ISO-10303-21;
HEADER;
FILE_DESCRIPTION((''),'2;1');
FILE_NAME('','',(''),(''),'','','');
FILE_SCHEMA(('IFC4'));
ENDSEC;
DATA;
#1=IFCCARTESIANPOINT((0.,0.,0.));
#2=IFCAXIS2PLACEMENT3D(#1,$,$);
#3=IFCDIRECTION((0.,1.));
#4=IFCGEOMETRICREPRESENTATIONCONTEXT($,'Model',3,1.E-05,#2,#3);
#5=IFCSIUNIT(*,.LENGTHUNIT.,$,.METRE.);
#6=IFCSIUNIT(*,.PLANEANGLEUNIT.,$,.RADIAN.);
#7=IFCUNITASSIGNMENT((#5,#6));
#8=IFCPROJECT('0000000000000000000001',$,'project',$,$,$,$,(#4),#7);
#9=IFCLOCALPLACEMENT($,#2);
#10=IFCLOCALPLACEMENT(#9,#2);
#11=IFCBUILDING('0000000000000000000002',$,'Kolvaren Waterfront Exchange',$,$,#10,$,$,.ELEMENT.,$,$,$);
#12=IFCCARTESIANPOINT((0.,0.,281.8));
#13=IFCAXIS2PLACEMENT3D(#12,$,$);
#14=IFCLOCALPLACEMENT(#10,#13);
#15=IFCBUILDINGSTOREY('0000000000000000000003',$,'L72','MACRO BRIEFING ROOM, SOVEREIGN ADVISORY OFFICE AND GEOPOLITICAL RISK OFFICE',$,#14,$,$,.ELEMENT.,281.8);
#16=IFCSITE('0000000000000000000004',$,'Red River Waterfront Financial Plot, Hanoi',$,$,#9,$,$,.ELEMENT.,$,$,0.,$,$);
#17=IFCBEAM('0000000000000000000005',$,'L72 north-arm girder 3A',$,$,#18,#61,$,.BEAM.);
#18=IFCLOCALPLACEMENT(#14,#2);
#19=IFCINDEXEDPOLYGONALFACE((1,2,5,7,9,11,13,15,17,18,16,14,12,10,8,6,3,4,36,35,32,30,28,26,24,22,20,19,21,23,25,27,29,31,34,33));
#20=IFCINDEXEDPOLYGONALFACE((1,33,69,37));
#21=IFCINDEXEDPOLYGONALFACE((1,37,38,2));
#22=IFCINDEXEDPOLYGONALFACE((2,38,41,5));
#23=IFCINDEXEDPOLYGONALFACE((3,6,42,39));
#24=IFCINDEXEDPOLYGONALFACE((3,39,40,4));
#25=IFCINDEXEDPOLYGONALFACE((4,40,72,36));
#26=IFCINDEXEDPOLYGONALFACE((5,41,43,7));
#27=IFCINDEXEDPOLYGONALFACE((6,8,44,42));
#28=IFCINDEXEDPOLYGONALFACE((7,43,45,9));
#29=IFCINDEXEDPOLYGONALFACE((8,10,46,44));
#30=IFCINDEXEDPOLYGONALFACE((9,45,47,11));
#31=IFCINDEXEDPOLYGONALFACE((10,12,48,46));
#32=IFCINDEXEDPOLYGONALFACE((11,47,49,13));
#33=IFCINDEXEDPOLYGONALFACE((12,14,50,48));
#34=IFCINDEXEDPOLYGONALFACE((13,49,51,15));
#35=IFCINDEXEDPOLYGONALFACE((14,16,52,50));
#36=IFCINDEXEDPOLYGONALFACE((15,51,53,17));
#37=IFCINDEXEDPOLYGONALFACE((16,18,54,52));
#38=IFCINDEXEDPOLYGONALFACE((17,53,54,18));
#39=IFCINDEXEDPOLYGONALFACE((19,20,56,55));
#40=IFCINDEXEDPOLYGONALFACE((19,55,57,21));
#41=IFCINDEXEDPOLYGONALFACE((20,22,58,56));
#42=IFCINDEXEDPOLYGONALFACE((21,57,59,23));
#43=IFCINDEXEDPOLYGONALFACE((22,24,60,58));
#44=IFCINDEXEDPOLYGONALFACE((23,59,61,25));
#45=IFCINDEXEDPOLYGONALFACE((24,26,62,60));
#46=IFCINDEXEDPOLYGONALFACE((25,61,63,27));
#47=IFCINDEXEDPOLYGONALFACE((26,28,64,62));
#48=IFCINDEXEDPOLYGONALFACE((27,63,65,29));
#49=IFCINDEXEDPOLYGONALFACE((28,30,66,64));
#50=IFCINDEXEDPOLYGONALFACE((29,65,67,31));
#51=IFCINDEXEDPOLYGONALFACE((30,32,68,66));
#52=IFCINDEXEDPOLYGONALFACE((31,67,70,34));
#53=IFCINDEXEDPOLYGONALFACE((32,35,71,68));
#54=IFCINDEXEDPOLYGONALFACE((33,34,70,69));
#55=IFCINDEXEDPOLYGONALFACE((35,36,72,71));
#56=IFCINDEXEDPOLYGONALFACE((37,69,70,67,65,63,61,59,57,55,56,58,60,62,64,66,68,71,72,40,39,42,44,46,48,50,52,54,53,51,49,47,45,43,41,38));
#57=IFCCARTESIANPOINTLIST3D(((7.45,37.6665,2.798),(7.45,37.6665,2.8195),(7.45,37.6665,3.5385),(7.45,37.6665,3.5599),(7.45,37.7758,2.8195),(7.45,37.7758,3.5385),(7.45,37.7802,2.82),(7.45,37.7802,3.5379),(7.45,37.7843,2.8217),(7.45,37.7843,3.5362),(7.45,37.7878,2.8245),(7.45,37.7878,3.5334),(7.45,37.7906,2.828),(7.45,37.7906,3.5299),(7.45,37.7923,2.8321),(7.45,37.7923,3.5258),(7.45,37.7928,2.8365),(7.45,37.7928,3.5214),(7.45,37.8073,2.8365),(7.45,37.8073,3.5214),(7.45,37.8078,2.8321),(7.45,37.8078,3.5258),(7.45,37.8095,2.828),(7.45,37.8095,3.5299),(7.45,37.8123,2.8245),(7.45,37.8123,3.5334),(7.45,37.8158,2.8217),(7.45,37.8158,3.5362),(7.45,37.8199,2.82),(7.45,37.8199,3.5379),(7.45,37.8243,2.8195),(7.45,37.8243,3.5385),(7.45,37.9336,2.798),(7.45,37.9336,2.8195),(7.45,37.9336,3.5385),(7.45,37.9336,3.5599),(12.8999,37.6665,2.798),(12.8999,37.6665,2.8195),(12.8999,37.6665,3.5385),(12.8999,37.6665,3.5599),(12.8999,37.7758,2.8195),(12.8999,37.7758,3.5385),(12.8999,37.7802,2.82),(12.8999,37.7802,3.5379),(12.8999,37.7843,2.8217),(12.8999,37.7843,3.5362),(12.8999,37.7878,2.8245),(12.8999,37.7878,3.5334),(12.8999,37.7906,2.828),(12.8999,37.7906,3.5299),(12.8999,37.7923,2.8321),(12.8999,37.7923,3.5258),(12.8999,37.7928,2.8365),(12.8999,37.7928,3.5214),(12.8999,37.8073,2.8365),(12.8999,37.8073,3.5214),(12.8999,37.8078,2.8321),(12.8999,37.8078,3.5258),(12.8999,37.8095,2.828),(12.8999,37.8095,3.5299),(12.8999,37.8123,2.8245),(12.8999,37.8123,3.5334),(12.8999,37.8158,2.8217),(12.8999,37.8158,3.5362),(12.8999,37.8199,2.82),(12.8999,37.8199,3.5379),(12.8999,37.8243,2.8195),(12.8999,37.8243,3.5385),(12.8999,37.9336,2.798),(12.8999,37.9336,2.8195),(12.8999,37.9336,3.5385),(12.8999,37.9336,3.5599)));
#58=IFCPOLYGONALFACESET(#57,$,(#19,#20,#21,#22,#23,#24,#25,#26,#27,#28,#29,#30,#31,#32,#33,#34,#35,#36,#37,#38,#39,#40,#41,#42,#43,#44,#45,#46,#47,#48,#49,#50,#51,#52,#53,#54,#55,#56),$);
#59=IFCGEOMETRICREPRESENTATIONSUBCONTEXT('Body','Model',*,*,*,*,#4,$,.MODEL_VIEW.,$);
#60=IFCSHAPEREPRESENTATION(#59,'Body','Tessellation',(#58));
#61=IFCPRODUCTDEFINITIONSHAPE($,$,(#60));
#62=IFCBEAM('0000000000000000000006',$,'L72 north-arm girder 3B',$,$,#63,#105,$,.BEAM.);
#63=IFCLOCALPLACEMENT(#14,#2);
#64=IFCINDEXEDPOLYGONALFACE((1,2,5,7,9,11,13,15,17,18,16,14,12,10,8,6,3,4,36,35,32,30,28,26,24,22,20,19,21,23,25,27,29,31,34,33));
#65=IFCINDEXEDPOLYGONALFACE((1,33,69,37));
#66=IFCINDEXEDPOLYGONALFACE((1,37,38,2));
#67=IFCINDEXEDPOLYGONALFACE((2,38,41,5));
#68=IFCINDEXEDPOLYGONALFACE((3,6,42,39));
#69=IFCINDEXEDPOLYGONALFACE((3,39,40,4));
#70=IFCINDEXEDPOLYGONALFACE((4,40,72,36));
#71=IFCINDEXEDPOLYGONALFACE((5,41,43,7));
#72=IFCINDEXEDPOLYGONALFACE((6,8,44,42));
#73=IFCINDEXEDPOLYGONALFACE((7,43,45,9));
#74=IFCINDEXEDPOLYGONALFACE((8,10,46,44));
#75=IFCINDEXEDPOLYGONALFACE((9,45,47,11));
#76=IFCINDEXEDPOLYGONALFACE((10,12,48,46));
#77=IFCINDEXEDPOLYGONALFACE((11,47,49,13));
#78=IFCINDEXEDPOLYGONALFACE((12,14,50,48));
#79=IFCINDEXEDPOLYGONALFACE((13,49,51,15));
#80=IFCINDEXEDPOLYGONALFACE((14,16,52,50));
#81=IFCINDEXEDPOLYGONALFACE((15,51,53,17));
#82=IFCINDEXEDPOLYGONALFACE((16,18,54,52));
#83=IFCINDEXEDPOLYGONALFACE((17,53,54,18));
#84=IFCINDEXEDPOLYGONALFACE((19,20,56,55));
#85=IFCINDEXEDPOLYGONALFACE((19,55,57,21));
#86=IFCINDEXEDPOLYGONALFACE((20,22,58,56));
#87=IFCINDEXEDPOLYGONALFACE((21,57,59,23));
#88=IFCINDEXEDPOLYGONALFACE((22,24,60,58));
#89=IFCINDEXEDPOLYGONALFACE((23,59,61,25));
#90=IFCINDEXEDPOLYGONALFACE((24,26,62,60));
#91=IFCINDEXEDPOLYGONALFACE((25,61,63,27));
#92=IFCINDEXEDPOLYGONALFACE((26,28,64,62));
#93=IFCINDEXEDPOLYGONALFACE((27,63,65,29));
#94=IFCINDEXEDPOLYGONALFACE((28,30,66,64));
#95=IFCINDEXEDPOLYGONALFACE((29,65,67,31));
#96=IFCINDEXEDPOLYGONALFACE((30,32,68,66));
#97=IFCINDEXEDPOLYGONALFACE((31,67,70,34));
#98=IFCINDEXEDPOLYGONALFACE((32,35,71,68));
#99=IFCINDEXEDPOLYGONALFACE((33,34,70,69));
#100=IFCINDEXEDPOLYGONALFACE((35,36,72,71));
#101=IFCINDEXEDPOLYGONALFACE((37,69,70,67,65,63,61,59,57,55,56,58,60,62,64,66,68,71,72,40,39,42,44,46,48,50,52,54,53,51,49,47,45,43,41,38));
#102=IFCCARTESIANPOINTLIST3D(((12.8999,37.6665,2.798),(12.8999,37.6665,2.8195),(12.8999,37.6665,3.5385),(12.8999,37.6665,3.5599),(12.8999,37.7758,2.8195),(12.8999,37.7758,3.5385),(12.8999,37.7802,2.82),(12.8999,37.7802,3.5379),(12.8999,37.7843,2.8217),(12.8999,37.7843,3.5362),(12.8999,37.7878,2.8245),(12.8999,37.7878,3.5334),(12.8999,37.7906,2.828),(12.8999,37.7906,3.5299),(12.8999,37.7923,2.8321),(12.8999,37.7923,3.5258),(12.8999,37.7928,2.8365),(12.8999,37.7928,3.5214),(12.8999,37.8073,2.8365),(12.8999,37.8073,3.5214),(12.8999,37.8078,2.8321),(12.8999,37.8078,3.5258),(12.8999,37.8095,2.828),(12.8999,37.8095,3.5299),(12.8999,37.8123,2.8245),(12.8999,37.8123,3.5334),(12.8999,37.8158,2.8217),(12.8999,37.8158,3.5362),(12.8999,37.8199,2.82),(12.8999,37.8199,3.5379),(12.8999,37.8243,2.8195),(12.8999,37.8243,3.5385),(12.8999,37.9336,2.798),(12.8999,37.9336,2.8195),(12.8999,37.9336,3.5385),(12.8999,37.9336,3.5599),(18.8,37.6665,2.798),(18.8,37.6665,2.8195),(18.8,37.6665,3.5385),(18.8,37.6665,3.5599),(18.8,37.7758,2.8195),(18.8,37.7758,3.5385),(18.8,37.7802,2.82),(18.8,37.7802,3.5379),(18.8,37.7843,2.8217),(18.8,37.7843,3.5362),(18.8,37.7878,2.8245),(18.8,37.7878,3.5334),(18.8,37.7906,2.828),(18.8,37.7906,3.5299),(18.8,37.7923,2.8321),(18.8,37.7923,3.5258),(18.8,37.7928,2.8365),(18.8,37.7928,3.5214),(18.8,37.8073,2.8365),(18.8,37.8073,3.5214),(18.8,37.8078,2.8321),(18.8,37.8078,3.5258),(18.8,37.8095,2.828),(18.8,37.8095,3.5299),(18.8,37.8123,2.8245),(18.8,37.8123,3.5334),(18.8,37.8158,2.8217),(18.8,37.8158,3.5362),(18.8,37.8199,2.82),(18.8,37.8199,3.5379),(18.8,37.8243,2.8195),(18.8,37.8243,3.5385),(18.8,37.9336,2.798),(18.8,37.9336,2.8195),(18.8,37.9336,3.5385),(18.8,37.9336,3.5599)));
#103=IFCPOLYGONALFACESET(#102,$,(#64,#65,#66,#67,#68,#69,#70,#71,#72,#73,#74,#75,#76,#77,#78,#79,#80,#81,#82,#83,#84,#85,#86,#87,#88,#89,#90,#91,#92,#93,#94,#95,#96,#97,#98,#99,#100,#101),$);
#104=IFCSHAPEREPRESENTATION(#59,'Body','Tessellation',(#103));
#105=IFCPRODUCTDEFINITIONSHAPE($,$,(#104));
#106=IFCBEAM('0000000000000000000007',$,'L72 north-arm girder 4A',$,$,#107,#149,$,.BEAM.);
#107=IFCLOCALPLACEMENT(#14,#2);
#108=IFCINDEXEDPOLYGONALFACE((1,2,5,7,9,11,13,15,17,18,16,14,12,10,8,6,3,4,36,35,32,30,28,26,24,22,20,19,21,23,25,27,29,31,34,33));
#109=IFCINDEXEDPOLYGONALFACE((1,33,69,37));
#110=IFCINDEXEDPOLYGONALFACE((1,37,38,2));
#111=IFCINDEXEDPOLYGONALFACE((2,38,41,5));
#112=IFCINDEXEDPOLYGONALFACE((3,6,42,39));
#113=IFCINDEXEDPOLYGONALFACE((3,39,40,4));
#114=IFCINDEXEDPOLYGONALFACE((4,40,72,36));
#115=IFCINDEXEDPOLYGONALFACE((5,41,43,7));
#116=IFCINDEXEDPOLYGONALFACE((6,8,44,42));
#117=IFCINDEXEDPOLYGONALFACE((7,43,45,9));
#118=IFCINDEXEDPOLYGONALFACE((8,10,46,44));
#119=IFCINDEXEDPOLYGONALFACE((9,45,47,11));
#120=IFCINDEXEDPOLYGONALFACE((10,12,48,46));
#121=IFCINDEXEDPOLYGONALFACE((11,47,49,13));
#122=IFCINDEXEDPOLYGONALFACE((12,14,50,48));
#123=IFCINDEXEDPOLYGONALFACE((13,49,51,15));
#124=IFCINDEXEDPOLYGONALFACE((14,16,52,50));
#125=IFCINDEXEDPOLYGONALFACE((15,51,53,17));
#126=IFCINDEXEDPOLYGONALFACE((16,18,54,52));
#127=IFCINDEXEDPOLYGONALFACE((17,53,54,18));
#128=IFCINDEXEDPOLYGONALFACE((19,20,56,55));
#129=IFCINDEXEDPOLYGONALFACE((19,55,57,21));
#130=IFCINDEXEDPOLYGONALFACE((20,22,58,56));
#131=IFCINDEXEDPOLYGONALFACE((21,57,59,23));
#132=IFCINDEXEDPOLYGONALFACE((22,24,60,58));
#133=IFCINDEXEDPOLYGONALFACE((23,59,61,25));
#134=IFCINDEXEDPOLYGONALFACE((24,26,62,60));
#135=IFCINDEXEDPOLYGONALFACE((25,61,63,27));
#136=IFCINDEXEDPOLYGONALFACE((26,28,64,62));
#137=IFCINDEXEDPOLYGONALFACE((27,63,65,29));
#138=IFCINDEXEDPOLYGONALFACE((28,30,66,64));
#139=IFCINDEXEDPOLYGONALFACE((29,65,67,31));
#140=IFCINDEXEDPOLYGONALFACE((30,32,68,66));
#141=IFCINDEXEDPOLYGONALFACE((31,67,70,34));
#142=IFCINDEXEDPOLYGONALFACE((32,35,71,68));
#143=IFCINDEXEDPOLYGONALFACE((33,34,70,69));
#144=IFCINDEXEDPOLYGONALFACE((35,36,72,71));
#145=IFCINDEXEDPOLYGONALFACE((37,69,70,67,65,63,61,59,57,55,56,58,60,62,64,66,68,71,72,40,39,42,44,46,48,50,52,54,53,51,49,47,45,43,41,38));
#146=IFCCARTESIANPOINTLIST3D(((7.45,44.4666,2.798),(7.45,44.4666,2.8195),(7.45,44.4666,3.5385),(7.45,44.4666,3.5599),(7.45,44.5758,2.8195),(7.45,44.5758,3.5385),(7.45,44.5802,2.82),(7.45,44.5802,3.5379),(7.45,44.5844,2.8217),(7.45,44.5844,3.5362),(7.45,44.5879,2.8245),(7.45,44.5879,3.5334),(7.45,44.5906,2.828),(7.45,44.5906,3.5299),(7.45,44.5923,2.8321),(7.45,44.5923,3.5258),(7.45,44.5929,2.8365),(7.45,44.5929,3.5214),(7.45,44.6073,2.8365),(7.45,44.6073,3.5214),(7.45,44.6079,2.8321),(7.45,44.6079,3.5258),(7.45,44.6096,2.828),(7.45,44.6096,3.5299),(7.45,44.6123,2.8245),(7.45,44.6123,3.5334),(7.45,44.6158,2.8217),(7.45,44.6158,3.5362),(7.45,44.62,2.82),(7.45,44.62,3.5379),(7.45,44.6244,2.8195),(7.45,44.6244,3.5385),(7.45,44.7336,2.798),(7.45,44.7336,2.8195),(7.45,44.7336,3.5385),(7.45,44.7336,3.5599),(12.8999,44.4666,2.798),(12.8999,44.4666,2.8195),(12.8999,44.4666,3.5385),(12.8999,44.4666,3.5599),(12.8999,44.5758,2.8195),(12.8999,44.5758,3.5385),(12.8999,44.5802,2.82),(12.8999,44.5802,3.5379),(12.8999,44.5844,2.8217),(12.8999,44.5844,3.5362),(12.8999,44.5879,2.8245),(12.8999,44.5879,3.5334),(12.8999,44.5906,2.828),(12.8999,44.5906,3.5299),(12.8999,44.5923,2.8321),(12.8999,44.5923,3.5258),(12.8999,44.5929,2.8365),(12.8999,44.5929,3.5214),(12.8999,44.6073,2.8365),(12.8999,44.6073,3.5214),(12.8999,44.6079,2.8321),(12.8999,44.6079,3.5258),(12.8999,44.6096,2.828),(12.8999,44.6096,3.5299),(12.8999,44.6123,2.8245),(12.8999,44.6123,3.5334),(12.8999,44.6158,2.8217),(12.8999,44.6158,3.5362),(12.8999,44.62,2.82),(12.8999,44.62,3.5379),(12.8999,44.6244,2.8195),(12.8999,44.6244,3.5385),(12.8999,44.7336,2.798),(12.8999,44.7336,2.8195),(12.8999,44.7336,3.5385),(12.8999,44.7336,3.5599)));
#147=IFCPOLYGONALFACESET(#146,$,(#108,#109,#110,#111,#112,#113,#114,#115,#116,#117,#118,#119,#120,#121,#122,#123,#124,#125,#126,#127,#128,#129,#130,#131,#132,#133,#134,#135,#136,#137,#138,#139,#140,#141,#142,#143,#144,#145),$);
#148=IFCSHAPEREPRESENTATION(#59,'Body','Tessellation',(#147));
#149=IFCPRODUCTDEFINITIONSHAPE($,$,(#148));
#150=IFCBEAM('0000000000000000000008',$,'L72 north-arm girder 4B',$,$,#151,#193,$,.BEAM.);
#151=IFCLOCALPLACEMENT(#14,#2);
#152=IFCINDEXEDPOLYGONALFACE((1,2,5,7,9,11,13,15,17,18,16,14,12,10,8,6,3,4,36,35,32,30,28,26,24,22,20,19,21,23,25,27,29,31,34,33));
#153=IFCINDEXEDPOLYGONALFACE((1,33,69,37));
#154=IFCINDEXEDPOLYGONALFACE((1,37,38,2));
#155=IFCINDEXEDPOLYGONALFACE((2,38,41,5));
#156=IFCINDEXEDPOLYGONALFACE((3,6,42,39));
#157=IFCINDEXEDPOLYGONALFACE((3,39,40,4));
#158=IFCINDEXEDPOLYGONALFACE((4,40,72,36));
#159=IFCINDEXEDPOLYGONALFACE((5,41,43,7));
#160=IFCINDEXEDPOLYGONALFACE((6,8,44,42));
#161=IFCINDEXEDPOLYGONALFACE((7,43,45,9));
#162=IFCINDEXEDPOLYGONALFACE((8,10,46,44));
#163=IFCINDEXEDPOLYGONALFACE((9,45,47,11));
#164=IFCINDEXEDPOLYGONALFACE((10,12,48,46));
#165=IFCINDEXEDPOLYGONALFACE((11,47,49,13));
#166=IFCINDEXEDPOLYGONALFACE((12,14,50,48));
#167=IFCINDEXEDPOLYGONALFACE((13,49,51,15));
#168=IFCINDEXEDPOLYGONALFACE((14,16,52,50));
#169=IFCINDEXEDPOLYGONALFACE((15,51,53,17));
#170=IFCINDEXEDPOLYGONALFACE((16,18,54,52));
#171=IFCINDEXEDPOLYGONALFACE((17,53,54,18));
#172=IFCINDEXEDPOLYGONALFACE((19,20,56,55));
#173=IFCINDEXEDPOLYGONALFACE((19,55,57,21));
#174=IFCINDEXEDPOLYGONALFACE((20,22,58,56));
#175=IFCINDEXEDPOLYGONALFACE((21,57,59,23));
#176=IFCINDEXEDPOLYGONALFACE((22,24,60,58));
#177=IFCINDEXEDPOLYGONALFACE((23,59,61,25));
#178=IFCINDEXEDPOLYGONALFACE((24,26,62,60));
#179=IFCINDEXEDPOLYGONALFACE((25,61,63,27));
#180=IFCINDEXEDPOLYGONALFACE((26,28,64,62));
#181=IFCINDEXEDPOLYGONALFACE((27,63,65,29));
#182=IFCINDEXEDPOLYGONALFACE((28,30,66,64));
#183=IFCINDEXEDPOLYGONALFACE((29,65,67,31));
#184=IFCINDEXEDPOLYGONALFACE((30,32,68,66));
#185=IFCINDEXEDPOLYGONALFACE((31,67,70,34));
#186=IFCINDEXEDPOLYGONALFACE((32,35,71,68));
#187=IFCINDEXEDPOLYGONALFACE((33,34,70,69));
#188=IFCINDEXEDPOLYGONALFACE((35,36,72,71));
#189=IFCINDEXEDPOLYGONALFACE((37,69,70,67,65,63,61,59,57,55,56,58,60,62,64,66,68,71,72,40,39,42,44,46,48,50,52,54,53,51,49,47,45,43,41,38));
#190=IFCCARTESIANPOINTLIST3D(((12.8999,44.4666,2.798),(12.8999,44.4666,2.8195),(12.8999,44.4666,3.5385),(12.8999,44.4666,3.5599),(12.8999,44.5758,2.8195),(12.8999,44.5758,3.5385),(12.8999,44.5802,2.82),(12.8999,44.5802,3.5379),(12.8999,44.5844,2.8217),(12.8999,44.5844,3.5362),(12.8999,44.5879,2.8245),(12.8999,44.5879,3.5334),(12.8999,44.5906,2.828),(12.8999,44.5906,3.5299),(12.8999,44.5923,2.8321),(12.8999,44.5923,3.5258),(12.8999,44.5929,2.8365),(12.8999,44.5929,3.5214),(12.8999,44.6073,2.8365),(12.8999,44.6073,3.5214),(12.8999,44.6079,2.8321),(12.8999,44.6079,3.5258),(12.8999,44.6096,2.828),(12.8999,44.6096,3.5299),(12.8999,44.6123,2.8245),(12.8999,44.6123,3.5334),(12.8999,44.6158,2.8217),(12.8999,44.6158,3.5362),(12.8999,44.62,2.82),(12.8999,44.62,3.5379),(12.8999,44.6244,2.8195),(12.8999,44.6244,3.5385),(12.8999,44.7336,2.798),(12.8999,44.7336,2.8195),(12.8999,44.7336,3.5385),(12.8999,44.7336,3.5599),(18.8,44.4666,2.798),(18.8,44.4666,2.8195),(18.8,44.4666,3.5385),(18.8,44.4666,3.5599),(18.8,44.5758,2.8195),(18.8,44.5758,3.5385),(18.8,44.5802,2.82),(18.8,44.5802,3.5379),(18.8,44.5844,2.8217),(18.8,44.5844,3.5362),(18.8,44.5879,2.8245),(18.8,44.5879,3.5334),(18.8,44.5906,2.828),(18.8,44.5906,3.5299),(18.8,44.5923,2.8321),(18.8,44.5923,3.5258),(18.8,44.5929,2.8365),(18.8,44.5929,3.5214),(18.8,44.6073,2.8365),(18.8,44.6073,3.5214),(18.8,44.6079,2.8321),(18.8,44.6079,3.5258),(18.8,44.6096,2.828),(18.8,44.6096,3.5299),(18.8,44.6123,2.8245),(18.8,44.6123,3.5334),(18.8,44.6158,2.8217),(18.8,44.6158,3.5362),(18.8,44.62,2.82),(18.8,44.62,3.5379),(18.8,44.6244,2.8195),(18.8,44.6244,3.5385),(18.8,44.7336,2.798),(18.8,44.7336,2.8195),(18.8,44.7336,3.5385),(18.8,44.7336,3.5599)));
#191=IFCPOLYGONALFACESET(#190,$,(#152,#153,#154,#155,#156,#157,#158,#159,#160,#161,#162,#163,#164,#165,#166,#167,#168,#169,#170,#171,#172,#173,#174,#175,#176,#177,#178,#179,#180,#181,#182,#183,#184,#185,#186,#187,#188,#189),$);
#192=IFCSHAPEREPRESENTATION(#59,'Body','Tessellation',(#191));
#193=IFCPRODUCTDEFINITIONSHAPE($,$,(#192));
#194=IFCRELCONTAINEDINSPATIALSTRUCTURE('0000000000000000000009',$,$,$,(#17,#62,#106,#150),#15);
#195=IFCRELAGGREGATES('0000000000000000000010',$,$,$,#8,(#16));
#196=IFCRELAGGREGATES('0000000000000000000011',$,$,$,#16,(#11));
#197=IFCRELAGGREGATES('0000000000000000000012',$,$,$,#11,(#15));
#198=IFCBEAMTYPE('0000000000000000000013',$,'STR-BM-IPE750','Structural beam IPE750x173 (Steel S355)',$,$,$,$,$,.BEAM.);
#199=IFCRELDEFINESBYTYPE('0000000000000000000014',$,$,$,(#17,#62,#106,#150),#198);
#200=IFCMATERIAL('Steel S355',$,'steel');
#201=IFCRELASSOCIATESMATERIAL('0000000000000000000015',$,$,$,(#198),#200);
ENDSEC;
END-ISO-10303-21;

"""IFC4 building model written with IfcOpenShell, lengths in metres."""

from ifc_helpers import new_model, si_unit, direction, frame, origin, origin_2d, place, context, subcontext, project, spatial, i_section, extrude, material, material_profile, profile_set, type_object, element, save


model = new_model("IFC4")

# Units and contexts
model_context = context("Model", 3, precision=1e-05, world=origin(), true_north=direction((0.0, 1.0)))
body_context = subcontext(model_context, "Body", "Model", "MODEL_VIEW")
ifc_project = project(units=[si_unit("LENGTHUNIT", "METRE"), si_unit("PLANEANGLEUNIT", "RADIAN")], contexts=[model_context])

# Site, building, storey
site_placement = place(None, origin())
site = spatial("IfcSite", under=ifc_project, at=site_placement, Name="Red River Waterfront Financial Plot, Hanoi", CompositionType="ELEMENT", RefElevation=0.0)
building_placement = place(site_placement, origin())
building = spatial("IfcBuilding", under=site, at=building_placement, Name="Kolvaren Waterfront Exchange", CompositionType="ELEMENT")
storey_placement = place(building_placement, frame((0.0, 0.0, 281.8)))
storey = spatial("IfcBuildingStorey", under=building, at=storey_placement, Name="L72", Description="MACRO BRIEFING ROOM, SOVEREIGN ADVISORY OFFICE AND GEOPOLITICAL RISK OFFICE", CompositionType="ELEMENT", Elevation=281.8)

# Beams
ifc_material_1 = material(Name="Steel S355", Category="steel")
ifc_material_profile_1 = material_profile(ifc_material_1, i_section(OverallWidth=0.2671, OverallDepth=0.762, WebThickness=0.0144, FlangeThickness=0.0215, FilletRadius=0.0171, at=origin_2d()), Name="IPE750x173")
ifc_profile_set_1 = profile_set([ifc_material_profile_1], Name="Steel S355")
beam_type_1 = type_object("IfcBeamType", Name="STR-BM-IPE750", Description="Structural beam IPE750x173 (Steel S355)", PredefinedType="BEAM", material=ifc_profile_set_1)
beam_1_placement = place(storey_placement, frame((7.45, 37.8, 3.179), z_axis=(1.0, 0.0, 0.0), x_axis=(0.0, 1.0, 0.0)))
element("IfcBeam", 1, at=beam_1_placement, inside=storey, type_object=beam_type_1, Name="L72 north-arm girder 3A", PredefinedType="BEAM", context=body_context, shape_type="SweptSolid", body=[
    extrude(i_section(OverallWidth=0.2671, OverallDepth=0.762, WebThickness=0.0144, FlangeThickness=0.0215, FilletRadius=0.0171, at=origin_2d()), origin(), (0.0, 0.0, 1.0), 5.45),
])
beam_2_placement = place(storey_placement, frame((12.8999, 37.8, 3.179), z_axis=(1.0, 0.0, 0.0), x_axis=(0.0, 1.0, 0.0)))
element("IfcBeam", 2, at=beam_2_placement, inside=storey, type_object=beam_type_1, Name="L72 north-arm girder 3B", PredefinedType="BEAM", context=body_context, shape_type="SweptSolid", body=[
    extrude(i_section(OverallWidth=0.2671, OverallDepth=0.762, WebThickness=0.0144, FlangeThickness=0.0215, FilletRadius=0.0171, at=origin_2d()), origin(), (0.0, 0.0, 1.0), 5.9001),
])
beam_3_placement = place(storey_placement, frame((7.45, 44.6001, 3.179), z_axis=(1.0, 0.0, 0.0), x_axis=(0.0, 1.0, 0.0)))
element("IfcBeam", 3, at=beam_3_placement, inside=storey, type_object=beam_type_1, Name="L72 north-arm girder 4A", PredefinedType="BEAM", context=body_context, shape_type="SweptSolid", body=[
    extrude(i_section(OverallWidth=0.2671, OverallDepth=0.762, WebThickness=0.0144, FlangeThickness=0.0215, FilletRadius=0.0171, at=origin_2d()), origin(), (0.0, 0.0, 1.0), 5.45),
])
beam_4_placement = place(storey_placement, frame((12.8999, 44.6001, 3.179), z_axis=(1.0, 0.0, 0.0), x_axis=(0.0, 1.0, 0.0)))
element("IfcBeam", 4, at=beam_4_placement, inside=storey, type_object=beam_type_1, Name="L72 north-arm girder 4B", PredefinedType="BEAM", context=body_context, shape_type="SweptSolid", body=[
    extrude(i_section(OverallWidth=0.2671, OverallDepth=0.762, WebThickness=0.0144, FlangeThickness=0.0215, FilletRadius=0.0171, at=origin_2d()), origin(), (0.0, 0.0, 1.0), 5.9001),
])

save(model, "model.ifc")
